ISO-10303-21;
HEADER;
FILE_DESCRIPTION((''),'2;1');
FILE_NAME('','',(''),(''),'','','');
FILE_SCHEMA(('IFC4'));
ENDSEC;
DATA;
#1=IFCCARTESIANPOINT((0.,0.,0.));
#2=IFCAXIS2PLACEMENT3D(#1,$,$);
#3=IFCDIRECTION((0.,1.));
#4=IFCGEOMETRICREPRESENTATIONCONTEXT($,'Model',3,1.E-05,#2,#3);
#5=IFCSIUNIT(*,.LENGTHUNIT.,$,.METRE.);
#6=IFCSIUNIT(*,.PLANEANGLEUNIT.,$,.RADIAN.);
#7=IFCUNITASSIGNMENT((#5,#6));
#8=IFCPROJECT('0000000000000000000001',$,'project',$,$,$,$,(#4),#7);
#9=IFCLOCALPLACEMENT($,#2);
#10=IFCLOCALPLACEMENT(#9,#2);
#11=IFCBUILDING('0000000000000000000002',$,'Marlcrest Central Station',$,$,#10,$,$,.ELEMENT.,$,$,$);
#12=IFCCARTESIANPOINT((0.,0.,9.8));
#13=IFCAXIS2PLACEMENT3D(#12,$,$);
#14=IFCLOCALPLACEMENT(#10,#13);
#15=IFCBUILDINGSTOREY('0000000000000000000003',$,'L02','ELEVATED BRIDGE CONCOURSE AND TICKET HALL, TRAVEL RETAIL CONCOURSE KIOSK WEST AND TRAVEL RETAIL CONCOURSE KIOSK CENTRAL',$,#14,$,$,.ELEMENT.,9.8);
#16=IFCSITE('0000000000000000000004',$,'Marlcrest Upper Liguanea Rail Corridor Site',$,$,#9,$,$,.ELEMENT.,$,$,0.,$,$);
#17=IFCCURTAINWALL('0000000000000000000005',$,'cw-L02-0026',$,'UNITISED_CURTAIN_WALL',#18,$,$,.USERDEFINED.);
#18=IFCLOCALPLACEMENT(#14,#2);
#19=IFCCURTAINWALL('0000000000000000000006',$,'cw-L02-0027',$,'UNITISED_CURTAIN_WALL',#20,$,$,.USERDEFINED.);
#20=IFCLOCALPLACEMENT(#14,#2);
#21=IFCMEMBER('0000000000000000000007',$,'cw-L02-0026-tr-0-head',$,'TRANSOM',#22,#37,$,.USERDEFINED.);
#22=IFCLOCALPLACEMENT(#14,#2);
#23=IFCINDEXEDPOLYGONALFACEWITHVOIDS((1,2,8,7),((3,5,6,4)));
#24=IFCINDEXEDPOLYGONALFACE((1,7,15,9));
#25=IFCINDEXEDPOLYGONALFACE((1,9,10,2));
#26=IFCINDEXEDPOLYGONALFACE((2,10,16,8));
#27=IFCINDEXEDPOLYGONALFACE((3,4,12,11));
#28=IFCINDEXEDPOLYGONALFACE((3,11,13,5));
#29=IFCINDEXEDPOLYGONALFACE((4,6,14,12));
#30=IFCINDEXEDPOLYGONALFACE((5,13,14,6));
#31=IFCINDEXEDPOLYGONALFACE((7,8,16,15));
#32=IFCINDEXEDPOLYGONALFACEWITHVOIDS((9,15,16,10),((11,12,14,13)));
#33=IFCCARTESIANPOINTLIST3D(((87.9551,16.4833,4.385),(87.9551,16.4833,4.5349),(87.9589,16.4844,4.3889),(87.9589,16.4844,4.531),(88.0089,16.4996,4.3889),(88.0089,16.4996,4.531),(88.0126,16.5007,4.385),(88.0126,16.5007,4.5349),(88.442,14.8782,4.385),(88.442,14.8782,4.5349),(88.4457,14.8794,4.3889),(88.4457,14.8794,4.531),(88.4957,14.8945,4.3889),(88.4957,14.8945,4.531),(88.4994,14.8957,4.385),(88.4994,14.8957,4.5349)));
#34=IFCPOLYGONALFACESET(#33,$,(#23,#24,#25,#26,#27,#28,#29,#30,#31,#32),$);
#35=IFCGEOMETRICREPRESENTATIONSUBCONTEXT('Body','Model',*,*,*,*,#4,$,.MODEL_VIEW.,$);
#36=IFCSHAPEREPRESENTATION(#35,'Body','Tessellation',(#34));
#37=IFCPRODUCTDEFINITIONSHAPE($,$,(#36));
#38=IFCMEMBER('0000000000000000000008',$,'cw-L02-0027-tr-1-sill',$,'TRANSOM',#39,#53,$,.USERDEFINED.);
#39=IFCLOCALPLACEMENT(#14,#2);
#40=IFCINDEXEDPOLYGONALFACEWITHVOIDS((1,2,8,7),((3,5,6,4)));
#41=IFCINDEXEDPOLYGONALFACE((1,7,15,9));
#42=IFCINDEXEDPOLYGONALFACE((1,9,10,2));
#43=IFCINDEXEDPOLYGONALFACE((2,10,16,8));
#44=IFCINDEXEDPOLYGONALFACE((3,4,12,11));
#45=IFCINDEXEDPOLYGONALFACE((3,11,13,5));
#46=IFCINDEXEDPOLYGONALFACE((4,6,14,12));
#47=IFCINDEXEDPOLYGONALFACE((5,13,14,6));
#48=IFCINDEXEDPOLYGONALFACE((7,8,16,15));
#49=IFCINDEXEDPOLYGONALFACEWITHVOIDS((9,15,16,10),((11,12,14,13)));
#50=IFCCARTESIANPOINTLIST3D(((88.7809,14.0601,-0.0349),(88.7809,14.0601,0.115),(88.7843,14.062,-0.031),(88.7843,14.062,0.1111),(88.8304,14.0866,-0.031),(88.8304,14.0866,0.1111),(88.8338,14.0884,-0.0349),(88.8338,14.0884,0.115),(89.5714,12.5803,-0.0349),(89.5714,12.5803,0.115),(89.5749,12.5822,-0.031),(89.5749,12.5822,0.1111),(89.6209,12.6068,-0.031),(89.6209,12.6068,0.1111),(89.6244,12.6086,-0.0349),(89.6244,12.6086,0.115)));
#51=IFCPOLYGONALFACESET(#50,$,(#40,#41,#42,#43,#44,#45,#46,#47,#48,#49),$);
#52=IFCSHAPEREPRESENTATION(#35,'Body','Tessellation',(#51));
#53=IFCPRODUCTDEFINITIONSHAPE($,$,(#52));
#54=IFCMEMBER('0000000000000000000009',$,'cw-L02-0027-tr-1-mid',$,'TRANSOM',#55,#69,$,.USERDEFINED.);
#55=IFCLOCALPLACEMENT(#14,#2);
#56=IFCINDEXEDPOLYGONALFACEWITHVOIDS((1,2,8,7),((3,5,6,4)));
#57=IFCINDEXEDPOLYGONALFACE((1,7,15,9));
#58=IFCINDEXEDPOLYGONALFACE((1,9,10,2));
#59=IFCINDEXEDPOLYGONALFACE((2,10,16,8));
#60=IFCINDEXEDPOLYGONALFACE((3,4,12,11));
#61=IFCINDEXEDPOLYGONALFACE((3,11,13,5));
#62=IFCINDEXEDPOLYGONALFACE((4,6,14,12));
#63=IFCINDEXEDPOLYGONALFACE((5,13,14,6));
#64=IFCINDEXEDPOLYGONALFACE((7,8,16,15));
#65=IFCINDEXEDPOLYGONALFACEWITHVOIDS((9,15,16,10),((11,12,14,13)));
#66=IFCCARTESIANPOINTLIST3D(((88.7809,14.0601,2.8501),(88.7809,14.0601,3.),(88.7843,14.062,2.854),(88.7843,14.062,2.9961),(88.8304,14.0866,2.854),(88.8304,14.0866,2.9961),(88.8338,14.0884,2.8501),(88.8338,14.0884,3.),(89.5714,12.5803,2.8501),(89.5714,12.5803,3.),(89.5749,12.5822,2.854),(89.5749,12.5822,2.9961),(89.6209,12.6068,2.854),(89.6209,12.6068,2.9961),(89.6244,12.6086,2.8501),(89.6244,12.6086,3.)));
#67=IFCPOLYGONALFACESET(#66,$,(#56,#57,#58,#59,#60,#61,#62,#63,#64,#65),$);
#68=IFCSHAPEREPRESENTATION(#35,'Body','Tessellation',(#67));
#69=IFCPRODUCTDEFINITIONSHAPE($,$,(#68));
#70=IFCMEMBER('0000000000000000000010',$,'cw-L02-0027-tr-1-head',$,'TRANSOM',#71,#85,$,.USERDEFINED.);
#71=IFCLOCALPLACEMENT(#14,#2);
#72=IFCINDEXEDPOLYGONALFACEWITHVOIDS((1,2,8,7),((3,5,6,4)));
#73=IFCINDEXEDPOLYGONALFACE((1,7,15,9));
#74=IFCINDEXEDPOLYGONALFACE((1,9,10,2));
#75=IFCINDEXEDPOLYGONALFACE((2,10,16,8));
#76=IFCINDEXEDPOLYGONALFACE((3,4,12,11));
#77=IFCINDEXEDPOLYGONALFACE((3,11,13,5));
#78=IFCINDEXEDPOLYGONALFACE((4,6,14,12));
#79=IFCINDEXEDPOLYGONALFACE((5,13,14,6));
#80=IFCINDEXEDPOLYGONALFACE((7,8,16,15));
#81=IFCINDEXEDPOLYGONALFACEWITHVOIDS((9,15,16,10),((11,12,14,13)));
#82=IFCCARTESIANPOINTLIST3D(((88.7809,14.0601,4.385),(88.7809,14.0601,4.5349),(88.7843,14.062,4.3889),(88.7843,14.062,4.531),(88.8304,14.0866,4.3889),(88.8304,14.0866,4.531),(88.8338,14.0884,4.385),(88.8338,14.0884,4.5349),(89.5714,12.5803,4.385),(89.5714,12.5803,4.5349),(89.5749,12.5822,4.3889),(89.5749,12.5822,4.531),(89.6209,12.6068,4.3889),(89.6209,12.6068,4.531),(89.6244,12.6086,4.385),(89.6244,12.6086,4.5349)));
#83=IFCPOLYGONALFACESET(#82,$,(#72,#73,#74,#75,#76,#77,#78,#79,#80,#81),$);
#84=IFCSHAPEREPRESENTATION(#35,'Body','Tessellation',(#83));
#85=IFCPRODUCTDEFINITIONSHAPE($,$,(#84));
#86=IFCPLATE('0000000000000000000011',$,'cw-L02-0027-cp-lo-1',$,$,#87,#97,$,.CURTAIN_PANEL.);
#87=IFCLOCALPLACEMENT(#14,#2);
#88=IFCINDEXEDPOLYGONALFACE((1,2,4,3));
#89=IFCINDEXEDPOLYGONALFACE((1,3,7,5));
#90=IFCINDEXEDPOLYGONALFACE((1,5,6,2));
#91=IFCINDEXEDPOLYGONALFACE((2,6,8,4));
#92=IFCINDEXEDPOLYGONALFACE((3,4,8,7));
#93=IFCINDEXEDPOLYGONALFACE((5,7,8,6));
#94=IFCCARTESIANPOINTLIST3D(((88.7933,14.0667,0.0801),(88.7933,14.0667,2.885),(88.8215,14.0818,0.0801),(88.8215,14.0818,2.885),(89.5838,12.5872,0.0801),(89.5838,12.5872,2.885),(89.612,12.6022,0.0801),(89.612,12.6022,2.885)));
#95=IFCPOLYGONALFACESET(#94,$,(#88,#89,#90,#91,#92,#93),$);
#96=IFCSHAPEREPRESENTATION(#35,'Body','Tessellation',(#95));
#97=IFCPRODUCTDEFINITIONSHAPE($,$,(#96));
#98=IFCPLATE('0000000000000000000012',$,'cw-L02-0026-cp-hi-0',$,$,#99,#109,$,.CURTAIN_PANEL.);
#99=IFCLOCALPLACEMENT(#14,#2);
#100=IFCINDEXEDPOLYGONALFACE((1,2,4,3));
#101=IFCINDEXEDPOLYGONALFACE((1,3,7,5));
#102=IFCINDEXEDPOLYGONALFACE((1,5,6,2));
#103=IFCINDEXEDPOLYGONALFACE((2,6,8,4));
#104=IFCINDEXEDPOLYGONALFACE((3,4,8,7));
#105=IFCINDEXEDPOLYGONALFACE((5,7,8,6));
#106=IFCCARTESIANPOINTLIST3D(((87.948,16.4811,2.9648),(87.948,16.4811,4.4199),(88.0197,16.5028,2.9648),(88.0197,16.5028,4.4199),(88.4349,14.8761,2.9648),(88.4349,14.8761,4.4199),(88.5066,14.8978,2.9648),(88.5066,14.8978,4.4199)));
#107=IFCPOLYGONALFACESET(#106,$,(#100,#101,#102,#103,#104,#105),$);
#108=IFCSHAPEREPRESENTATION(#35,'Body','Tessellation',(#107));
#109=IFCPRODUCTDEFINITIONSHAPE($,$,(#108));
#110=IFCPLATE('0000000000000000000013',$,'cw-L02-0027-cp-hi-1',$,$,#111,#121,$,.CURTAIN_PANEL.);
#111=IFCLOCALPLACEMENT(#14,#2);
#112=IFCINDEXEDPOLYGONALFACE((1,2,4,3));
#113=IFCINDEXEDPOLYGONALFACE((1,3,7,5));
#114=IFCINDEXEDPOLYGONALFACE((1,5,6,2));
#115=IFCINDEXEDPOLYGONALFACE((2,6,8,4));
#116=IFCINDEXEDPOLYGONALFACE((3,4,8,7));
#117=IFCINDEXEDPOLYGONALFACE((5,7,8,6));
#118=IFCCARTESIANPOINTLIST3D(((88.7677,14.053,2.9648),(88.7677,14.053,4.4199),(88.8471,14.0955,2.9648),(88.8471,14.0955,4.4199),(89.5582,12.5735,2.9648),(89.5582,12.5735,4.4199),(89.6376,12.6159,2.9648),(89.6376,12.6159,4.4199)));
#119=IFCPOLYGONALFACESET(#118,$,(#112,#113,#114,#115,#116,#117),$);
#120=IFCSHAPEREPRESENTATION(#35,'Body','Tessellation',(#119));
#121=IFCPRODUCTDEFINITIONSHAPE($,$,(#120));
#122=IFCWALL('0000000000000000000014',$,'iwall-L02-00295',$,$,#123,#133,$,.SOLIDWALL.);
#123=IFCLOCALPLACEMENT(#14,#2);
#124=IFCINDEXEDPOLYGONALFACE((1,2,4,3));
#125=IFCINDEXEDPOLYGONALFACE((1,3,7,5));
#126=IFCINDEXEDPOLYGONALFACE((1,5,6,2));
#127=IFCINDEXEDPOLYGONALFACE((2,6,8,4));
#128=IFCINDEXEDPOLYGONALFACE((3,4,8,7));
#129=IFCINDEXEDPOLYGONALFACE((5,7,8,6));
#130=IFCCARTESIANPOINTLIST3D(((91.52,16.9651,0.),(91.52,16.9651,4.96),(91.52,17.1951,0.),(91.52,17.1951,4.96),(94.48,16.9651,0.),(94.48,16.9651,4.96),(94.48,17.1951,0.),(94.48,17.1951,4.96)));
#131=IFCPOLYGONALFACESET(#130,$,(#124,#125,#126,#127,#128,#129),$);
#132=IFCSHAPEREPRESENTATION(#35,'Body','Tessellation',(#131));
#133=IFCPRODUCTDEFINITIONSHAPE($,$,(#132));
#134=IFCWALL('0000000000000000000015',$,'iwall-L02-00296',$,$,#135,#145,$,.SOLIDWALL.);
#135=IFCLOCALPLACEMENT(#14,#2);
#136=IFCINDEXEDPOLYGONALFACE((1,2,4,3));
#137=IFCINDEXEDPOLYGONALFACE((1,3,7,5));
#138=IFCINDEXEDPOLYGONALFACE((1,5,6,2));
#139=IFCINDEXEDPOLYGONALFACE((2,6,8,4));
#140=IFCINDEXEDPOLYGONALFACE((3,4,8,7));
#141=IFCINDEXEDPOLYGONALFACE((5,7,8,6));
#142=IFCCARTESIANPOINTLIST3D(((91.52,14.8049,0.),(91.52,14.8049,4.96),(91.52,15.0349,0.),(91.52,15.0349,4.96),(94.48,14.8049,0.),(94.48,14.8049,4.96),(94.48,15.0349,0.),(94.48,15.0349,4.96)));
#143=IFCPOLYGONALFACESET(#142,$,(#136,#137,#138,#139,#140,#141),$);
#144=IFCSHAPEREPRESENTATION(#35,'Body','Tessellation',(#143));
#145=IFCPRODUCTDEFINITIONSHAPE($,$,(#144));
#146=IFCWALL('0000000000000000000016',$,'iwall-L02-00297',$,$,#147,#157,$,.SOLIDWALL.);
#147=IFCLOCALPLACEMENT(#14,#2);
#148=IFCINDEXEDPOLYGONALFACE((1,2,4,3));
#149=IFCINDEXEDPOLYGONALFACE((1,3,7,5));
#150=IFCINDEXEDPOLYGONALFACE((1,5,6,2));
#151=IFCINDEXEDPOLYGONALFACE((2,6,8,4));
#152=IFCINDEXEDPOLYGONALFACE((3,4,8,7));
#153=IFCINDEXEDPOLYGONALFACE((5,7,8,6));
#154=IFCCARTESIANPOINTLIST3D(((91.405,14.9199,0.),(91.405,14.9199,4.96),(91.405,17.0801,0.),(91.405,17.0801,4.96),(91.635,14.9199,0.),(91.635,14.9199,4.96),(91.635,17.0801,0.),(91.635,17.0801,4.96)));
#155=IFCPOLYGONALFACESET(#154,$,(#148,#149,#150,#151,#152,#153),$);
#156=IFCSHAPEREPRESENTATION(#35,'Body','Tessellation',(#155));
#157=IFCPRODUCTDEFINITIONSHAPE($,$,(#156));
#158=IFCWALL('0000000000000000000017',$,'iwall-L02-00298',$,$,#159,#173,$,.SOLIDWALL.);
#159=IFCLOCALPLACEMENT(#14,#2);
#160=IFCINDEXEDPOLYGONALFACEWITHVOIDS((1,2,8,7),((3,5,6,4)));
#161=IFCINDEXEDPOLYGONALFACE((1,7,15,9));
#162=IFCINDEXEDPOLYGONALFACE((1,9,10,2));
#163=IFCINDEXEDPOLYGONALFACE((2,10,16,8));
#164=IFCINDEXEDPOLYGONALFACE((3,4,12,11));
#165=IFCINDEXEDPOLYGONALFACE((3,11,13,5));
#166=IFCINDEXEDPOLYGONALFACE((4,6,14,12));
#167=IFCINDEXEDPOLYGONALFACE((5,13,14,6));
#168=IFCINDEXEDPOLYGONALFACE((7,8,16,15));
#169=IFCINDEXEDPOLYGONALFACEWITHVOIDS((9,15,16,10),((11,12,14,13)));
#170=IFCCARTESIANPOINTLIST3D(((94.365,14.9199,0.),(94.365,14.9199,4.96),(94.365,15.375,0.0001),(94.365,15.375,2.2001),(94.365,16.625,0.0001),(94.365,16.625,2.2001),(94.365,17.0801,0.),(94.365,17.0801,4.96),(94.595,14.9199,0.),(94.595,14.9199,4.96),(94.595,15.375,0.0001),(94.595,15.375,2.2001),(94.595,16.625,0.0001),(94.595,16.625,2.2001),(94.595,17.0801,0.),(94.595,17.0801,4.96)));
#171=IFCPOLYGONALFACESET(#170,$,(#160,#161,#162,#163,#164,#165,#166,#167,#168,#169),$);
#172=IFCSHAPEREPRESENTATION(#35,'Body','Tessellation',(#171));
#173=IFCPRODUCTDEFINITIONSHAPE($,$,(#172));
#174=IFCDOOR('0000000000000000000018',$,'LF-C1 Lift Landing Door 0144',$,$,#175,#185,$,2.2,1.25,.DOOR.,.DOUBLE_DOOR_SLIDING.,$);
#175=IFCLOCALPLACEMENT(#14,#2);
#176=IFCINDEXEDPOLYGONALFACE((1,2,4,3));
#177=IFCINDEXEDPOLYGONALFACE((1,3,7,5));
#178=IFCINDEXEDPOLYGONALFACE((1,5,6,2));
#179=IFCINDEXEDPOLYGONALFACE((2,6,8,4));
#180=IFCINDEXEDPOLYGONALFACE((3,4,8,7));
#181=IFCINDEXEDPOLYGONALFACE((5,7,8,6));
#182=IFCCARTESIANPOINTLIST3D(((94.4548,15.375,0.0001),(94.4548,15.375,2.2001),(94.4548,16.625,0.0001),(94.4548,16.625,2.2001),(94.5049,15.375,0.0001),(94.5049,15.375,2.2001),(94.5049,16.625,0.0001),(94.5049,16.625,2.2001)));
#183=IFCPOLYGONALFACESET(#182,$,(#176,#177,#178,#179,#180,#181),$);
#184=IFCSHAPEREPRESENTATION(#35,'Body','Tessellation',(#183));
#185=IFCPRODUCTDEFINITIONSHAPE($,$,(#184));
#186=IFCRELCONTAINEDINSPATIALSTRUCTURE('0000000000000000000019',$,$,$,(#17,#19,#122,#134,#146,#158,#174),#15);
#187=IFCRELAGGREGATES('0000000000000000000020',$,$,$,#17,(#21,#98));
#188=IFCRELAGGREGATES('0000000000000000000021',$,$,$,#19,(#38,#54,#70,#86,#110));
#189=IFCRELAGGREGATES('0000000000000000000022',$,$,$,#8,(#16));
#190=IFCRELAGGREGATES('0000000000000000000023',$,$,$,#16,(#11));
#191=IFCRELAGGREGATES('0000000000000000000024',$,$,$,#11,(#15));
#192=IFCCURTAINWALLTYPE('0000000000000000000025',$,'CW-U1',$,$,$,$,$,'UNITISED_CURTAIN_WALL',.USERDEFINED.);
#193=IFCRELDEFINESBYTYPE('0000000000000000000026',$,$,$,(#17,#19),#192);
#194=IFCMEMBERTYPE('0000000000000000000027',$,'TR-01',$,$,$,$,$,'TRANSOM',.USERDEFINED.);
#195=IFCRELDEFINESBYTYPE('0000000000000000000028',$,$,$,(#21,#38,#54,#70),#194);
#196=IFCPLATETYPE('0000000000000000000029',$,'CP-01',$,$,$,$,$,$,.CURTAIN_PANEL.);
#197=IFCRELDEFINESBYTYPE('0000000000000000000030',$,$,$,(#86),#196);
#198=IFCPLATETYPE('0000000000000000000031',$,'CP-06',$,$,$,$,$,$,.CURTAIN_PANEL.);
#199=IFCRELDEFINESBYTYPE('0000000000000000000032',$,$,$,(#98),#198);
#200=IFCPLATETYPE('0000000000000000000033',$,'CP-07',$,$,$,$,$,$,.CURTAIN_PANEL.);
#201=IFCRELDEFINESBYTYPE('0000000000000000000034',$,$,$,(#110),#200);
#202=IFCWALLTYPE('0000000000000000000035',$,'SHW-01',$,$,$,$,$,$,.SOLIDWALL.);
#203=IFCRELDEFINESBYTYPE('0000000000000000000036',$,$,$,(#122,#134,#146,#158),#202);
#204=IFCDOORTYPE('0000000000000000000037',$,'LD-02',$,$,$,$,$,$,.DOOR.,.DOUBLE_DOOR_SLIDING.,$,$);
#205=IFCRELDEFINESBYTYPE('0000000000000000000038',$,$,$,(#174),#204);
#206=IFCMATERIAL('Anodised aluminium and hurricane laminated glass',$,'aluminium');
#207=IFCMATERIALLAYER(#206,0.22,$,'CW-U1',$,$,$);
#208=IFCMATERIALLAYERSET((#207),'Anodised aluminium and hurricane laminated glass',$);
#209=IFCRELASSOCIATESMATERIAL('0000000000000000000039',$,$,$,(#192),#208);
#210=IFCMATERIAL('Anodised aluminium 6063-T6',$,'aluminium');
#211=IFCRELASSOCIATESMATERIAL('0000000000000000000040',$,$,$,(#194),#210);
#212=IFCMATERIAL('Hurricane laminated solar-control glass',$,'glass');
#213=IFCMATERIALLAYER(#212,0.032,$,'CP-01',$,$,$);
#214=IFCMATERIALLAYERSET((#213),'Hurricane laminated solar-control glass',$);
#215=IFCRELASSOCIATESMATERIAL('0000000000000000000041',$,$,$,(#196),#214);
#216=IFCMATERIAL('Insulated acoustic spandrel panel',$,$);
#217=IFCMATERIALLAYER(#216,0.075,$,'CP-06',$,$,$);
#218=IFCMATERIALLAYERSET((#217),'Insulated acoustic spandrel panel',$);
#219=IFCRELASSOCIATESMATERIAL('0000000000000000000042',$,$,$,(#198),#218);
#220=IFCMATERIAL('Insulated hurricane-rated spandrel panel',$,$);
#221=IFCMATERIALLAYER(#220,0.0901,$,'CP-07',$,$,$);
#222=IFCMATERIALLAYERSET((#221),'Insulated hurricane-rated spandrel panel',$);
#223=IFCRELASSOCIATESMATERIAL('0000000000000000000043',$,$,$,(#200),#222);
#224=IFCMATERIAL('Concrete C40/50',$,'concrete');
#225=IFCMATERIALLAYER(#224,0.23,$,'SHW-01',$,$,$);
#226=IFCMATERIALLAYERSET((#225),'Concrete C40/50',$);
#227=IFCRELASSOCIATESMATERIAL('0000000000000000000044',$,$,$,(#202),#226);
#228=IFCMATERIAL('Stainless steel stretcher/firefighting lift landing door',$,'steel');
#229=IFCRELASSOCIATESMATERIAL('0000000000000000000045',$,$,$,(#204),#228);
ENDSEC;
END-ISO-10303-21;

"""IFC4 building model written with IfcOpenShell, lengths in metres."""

from ifc_helpers import new_model, si_unit, direction, frame, frame_2d, origin, origin_2d, place, context, subcontext, project, spatial, rectangle, hollow_rectangle, extrude, material, layer, layer_set, material_profile, profile_set, type_object, element, fill, aggregate, save


model = new_model("IFC4")

# Units and contexts
model_context = context("Model", 3, precision=1e-05, world=origin(), true_north=direction((0.0, 1.0)))
body_context = subcontext(model_context, "Body", "Model", "MODEL_VIEW")
ifc_project = project(units=[si_unit("LENGTHUNIT", "METRE"), si_unit("PLANEANGLEUNIT", "RADIAN")], contexts=[model_context])

# Site, building, storey
site_placement = place(None, origin())
site = spatial("IfcSite", under=ifc_project, at=site_placement, Name="Marlcrest Upper Liguanea Rail Corridor Site", CompositionType="ELEMENT", RefElevation=0.0)
building_placement = place(site_placement, origin())
building = spatial("IfcBuilding", under=site, at=building_placement, Name="Marlcrest Central Station", CompositionType="ELEMENT")
storey_placement = place(building_placement, frame((0.0, 0.0, 9.8)))
storey = spatial("IfcBuildingStorey", under=building, at=storey_placement, Name="L02", Description="ELEVATED BRIDGE CONCOURSE AND TICKET HALL, TRAVEL RETAIL CONCOURSE KIOSK WEST AND TRAVEL RETAIL CONCOURSE KIOSK CENTRAL", CompositionType="ELEMENT", Elevation=9.8)

# Curtain walls
ifc_material_1 = material(Name="Anodised aluminium and hurricane laminated glass", Category="aluminium")
ifc_layer_1 = layer(ifc_material_1, 0.22, Name="CW-U1")
ifc_layer_set_1 = layer_set([ifc_layer_1], Name="Anodised aluminium and hurricane laminated glass")
curtain_wall_type = type_object("IfcCurtainWallType", Name="CW-U1", ElementType="UNITISED_CURTAIN_WALL", PredefinedType="USERDEFINED", material=ifc_layer_set_1)
curtain_wall_1_placement = place(storey_placement, origin())
curtain_wall_1 = element("IfcCurtainWall", 1, at=curtain_wall_1_placement, inside=storey, type_object=curtain_wall_type, Name="cw-L02-0026", ObjectType="UNITISED_CURTAIN_WALL", PredefinedType="USERDEFINED")
ifc_material_2 = material(Name="Anodised aluminium 6063-T6", Category="aluminium")
curtain_wall_2_placement = place(storey_placement, origin())
curtain_wall_2 = element("IfcCurtainWall", 2, at=curtain_wall_2_placement, inside=storey, type_object=curtain_wall_type, Name="cw-L02-0027", ObjectType="UNITISED_CURTAIN_WALL", PredefinedType="USERDEFINED")

# Members
ifc_material_profile_1 = material_profile(ifc_material_2, hollow_rectangle(XDim=0.0601, YDim=0.1499, WallThickness=0.0039, at=origin_2d()), Name="AA-RHS 150x60x4")
ifc_profile_set_1 = profile_set([ifc_material_profile_1], Name="Anodised aluminium 6063-T6")
member_type_1 = type_object("IfcMemberType", Name="TR-01", ElementType="TRANSOM", PredefinedType="USERDEFINED", material=ifc_profile_set_1)
member_1_placement = place(storey_placement, frame((88.4707, 14.887, 4.46), z_axis=(-0.290258, 0.956948, 0.0), x_axis=(-0.956948, -0.290258, 0.0)))
member_1 = element("IfcMember", 3, at=member_1_placement, type_object=member_type_1, Name="cw-L02-0026-tr-0-head", ObjectType="TRANSOM", PredefinedType="USERDEFINED", context=body_context, shape_type="SweptSolid", body=[
    extrude(hollow_rectangle(XDim=0.0601, YDim=0.1499, WallThickness=0.0039, at=origin_2d()), origin(), (0.0, 0.0, 1.0), 1.6772),
])
member_2_placement = place(storey_placement, frame((89.5979, 12.5945, 0.04), z_axis=(-0.471207, 0.882022, 0.0), x_axis=(-0.882022, -0.471207, 0.0)))
member_2 = element("IfcMember", 4, at=member_2_placement, type_object=member_type_1, Name="cw-L02-0027-tr-1-sill", ObjectType="TRANSOM", PredefinedType="USERDEFINED", context=body_context, shape_type="SweptSolid", body=[
    extrude(hollow_rectangle(XDim=0.0601, YDim=0.1499, WallThickness=0.0039, at=origin_2d()), origin(), (0.0, 0.0, 1.0), 1.6777),
])
member_3_placement = place(storey_placement, frame((89.5979, 12.5945, 2.925), z_axis=(-0.471207, 0.882022, 0.0), x_axis=(-0.882022, -0.471207, 0.0)))
member_3 = element("IfcMember", 5, at=member_3_placement, type_object=member_type_1, Name="cw-L02-0027-tr-1-mid", ObjectType="TRANSOM", PredefinedType="USERDEFINED", context=body_context, shape_type="SweptSolid", body=[
    extrude(hollow_rectangle(XDim=0.0601, YDim=0.1499, WallThickness=0.0039, at=origin_2d()), origin(), (0.0, 0.0, 1.0), 1.6777),
])
member_4_placement = place(storey_placement, frame((89.5979, 12.5945, 4.46), z_axis=(-0.471207, 0.882022, 0.0), x_axis=(-0.882022, -0.471207, 0.0)))
member_4 = element("IfcMember", 6, at=member_4_placement, type_object=member_type_1, Name="cw-L02-0027-tr-1-head", ObjectType="TRANSOM", PredefinedType="USERDEFINED", context=body_context, shape_type="SweptSolid", body=[
    extrude(hollow_rectangle(XDim=0.0601, YDim=0.1499, WallThickness=0.0039, at=origin_2d()), origin(), (0.0, 0.0, 1.0), 1.6777),
])

# Plates
ifc_material_3 = material(Name="Hurricane laminated solar-control glass", Category="glass")
ifc_layer_2 = layer(ifc_material_3, 0.032, Name="CP-01")
ifc_layer_set_2 = layer_set([ifc_layer_2], Name="Hurricane laminated solar-control glass")
plate_type_1 = type_object("IfcPlateType", Name="CP-01", PredefinedType="CURTAIN_PANEL", material=ifc_layer_set_2)
plate_1_placement = place(storey_placement, frame((89.2026, 13.3345, 0.0801), z_axis=(0.0, 0.0, 1.0), x_axis=(-0.471243, 0.882004, 0.0)))
plate_1 = element("IfcPlate", 7, at=plate_1_placement, type_object=plate_type_1, Name="cw-L02-0027-cp-lo-1", PredefinedType="CURTAIN_PANEL", context=body_context, shape_type="SweptSolid", body=[
    extrude(rectangle(XDim=1.6775, YDim=0.032, at=origin_2d()), origin(), (0.0, 0.0, 1.0), 2.8049),
])
ifc_material_4 = material(Name="Insulated acoustic spandrel panel")
ifc_layer_3 = layer(ifc_material_4, 0.075, Name="CP-06")
ifc_layer_set_3 = layer_set([ifc_layer_3], Name="Insulated acoustic spandrel panel")
plate_type_2 = type_object("IfcPlateType", Name="CP-06", PredefinedType="CURTAIN_PANEL", material=ifc_layer_set_3)
plate_2_placement = place(storey_placement, frame((88.2273, 15.6895, 2.9648), z_axis=(0.0, 0.0, 1.0), x_axis=(-0.290318, 0.95693, 0.0)))
plate_2 = element("IfcPlate", 8, at=plate_2_placement, type_object=plate_type_2, Name="cw-L02-0026-cp-hi-0", PredefinedType="CURTAIN_PANEL", context=body_context, shape_type="SweptSolid", body=[
    extrude(rectangle(XDim=1.6772, YDim=0.075, at=origin_2d()), origin(), (0.0, 0.0, 1.0), 1.4551),
])
aggregate(curtain_wall_1, [member_1, plate_2])
ifc_material_5 = material(Name="Insulated hurricane-rated spandrel panel")
ifc_layer_4 = layer(ifc_material_5, 0.0901, Name="CP-07")
ifc_layer_set_4 = layer_set([ifc_layer_4], Name="Insulated hurricane-rated spandrel panel")
plate_type_3 = type_object("IfcPlateType", Name="CP-07", PredefinedType="CURTAIN_PANEL", material=ifc_layer_set_4)
plate_3_placement = place(storey_placement, frame((89.2026, 13.3345, 2.9648), z_axis=(0.0, 0.0, 1.0), x_axis=(-0.471243, 0.882004, 0.0)))
plate_3 = element("IfcPlate", 9, at=plate_3_placement, type_object=plate_type_3, Name="cw-L02-0027-cp-hi-1", PredefinedType="CURTAIN_PANEL", context=body_context, shape_type="SweptSolid", body=[
    extrude(rectangle(XDim=1.6775, YDim=0.0901, at=origin_2d()), origin(), (0.0, 0.0, 1.0), 1.4551),
])
aggregate(curtain_wall_2, [member_2, member_3, member_4, plate_1, plate_3])

# Walls
ifc_material_6 = material(Name="Concrete C40/50", Category="concrete")
ifc_layer_5 = layer(ifc_material_6, 0.23, Name="SHW-01")
ifc_layer_set_5 = layer_set([ifc_layer_5], Name="Concrete C40/50")
wall_type = type_object("IfcWallType", Name="SHW-01", PredefinedType="SOLIDWALL", material=ifc_layer_set_5)
for number, where, z_axis, x_axis, name in (
    (10, (91.52, 17.0801, 0.0), (0.0, 0.0, 1.0), (1.0, 0.0, 0.0), "iwall-L02-00295"),
    (11, (94.48, 14.9199, 0.0), (0.0, 0.0, 1.0), (-1.0, 0.0, 0.0), "iwall-L02-00296"),
):
    element("IfcWall", number, at=place(storey_placement, frame(where, z_axis=z_axis, x_axis=x_axis)), inside=storey, type_object=wall_type, Name=name, PredefinedType="SOLIDWALL", context=body_context, shape_type="SweptSolid", body=[
        extrude(rectangle(XDim=2.96, YDim=0.23, at=frame_2d((1.48, 0.0))), origin(), (0.0, 0.0, 1.0), 4.96),
    ])
wall_1_placement = place(storey_placement, frame((91.52, 14.9199, 0.0), z_axis=(0.0, 0.0, 1.0), x_axis=(0.0, 1.0, 0.0)))
element("IfcWall", 12, at=wall_1_placement, inside=storey, type_object=wall_type, Name="iwall-L02-00297", PredefinedType="SOLIDWALL", context=body_context, shape_type="SweptSolid", body=[
    extrude(rectangle(XDim=2.1602, YDim=0.23, at=frame_2d((1.0801, 0.0))), origin(), (0.0, 0.0, 1.0), 4.96),
])

# Wall, opening, door
wall_2_placement = place(storey_placement, frame((94.48, 17.0801, 0.0), z_axis=(0.0, 0.0, 1.0), x_axis=(0.0, -1.0, 0.0)))
wall_2 = element("IfcWall", 13, at=wall_2_placement, inside=storey, type_object=wall_type, Name="iwall-L02-00298", PredefinedType="SOLIDWALL", context=body_context, shape_type="SweptSolid", body=[
    extrude(rectangle(XDim=2.1602, YDim=0.23, at=frame_2d((1.0801, 0.0))), origin(), (0.0, 0.0, 1.0), 4.96),
])
opening_placement = place(wall_2_placement, frame((0.4551, 0.0, 0.0)))
opening = element("IfcOpeningElement", 14, at=opening_placement, cuts=wall_2, PredefinedType="OPENING", context=body_context, shape_type="SweptSolid", body=[
    extrude(rectangle(XDim=1.25, YDim=2.2, at=frame_2d((0.625, 1.1001))), frame((0.0, 0.125, 0.0), z_axis=(0.0, -1.0, 0.0), x_axis=(1.0, 0.0, 0.0)), (0.0, 0.0, 1.0), 0.25),
])
ifc_material_7 = material(Name="Stainless steel stretcher/firefighting lift landing door", Category="steel")
door_type = type_object("IfcDoorType", Name="LD-02", OperationType="DOUBLE_DOOR_SLIDING", PredefinedType="DOOR", material=ifc_material_7)
door_placement = place(opening_placement, origin())
door = element("IfcDoor", 15, at=door_placement, inside=storey, type_object=door_type, Name="LF-C1 Lift Landing Door 0144", OperationType="DOUBLE_DOOR_SLIDING", OverallHeight=2.2, OverallWidth=1.25, PredefinedType="DOOR", context=body_context, shape_type="SweptSolid", body=[
    extrude(rectangle(XDim=1.25, YDim=2.2, at=frame_2d((0.625, 1.1001))), frame((0.0, 0.0249, 0.0), z_axis=(0.0, -1.0, 0.0), x_axis=(1.0, 0.0, 0.0)), (0.0, 0.0, 1.0), 0.05),
])
fill(opening, door)

save(model, "model.ifc")
